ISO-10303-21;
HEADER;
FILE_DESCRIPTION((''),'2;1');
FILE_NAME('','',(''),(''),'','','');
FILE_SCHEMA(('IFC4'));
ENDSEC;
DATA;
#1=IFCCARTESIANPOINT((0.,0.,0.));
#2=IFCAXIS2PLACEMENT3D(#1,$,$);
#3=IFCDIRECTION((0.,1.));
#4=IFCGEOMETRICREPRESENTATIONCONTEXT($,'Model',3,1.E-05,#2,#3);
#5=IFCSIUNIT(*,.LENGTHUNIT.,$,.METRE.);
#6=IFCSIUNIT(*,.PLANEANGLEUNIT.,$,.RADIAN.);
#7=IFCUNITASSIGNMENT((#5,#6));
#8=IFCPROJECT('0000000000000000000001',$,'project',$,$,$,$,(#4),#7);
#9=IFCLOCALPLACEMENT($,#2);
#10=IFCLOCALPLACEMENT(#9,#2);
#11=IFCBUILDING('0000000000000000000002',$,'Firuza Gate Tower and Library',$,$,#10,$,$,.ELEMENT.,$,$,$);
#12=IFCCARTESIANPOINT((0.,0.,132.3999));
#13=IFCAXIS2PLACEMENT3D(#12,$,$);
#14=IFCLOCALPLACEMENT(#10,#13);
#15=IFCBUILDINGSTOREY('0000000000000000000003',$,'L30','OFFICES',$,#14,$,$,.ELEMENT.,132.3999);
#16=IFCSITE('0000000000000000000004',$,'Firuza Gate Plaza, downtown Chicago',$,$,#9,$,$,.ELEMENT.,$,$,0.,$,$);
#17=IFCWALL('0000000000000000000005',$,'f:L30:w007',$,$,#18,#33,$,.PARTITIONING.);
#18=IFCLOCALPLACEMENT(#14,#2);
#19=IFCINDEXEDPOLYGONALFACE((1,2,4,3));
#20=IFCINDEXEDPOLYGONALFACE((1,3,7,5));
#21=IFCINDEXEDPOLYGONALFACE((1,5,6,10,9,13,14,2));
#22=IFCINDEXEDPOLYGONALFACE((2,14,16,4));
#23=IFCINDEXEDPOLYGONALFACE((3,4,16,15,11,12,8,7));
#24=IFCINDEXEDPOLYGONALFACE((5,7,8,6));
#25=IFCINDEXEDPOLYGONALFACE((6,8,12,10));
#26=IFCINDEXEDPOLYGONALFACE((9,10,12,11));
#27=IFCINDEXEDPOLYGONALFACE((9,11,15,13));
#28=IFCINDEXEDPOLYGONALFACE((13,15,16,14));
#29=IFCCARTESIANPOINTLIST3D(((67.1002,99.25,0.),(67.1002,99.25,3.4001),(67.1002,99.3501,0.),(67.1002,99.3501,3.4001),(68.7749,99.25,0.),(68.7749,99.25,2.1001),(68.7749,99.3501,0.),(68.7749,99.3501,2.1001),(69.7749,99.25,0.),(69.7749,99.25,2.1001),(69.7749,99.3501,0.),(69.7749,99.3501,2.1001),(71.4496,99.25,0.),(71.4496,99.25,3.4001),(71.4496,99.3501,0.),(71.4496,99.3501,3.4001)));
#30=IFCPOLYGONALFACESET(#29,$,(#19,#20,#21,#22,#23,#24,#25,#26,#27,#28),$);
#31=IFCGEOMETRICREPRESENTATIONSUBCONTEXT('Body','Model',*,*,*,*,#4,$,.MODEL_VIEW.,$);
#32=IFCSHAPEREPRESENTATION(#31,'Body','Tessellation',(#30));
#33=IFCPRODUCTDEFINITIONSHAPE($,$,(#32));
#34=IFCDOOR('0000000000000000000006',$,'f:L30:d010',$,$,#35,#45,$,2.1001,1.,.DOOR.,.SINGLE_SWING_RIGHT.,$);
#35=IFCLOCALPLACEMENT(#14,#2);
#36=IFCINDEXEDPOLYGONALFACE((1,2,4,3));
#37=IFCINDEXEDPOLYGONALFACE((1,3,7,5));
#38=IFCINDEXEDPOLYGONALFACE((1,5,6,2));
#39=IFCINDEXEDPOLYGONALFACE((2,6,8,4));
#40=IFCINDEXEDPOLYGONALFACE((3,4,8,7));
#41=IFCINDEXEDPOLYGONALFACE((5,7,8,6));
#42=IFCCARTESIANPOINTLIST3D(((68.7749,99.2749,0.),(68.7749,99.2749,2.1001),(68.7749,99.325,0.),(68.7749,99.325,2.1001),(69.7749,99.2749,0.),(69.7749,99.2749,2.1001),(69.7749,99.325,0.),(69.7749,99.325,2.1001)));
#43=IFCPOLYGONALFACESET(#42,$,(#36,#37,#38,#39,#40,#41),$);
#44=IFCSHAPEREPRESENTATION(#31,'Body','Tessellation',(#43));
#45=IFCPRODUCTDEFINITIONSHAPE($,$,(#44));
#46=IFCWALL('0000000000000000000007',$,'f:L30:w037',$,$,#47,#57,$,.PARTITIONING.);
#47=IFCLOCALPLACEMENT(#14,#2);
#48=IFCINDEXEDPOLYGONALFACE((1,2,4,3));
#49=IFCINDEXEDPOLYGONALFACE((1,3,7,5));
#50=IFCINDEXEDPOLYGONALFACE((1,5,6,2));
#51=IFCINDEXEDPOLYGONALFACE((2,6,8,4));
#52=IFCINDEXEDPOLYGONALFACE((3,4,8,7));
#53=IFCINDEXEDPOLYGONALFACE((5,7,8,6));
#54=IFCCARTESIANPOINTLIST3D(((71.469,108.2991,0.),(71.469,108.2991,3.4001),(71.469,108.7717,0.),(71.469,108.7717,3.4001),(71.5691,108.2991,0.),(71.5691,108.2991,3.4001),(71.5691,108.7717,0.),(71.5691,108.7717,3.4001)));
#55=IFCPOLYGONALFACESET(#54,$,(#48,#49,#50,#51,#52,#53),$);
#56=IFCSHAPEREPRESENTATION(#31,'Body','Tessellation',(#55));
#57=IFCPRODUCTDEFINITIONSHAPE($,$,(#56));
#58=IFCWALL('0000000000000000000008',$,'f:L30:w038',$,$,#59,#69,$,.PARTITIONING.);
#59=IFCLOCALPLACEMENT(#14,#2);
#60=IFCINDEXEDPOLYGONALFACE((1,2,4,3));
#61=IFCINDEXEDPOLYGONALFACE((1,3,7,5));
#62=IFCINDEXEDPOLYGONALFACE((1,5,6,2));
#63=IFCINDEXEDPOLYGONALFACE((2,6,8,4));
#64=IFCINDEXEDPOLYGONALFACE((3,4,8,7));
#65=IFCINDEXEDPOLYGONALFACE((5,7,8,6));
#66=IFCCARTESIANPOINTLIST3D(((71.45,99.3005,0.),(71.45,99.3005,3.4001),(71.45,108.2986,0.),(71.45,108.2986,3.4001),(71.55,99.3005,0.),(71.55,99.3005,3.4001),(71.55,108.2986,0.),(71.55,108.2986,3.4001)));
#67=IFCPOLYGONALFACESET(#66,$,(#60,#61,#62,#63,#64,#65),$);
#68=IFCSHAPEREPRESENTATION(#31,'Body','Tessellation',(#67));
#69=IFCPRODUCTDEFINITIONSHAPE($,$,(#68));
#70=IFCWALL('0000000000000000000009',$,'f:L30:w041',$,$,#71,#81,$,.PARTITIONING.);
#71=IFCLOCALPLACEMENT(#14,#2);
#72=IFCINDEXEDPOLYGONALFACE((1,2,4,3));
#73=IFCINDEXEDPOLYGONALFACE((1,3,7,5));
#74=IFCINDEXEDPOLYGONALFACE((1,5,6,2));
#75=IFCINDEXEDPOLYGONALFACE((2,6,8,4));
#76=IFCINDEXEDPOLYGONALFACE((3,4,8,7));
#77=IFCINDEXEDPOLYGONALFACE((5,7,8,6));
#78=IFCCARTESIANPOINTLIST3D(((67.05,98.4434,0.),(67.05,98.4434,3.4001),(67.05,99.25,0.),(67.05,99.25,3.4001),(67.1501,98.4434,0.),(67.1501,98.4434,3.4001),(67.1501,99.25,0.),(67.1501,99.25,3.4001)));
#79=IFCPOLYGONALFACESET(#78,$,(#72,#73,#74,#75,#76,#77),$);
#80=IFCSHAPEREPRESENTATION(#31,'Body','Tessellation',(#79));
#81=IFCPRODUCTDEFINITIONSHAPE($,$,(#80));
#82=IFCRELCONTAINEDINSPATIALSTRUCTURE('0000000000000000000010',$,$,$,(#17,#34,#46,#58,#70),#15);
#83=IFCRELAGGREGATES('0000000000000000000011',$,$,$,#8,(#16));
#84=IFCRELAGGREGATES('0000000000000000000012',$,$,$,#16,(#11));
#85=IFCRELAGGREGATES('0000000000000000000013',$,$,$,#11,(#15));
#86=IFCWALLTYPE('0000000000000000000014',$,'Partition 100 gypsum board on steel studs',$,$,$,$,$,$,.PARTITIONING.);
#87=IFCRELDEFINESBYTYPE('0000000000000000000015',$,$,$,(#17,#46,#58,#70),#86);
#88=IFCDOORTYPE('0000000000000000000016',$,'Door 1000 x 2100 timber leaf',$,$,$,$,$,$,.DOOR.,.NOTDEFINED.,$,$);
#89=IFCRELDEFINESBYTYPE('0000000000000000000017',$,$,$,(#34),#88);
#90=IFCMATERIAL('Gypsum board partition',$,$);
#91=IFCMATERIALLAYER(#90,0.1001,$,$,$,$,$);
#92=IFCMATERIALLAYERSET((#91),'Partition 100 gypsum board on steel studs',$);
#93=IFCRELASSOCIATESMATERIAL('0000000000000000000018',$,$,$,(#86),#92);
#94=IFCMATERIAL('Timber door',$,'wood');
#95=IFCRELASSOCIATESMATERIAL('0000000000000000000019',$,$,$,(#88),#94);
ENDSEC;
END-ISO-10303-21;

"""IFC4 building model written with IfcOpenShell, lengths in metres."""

from ifc_helpers import new_model, si_unit, direction, frame, frame_2d, origin, place, context, subcontext, project, spatial, rectangle, extrude, material, layer, layer_set, type_object, element, fill, save


model = new_model("IFC4")

# Units and contexts
model_context = context("Model", 3, precision=1e-05, world=origin(), true_north=direction((0.0, 1.0)))
body_context = subcontext(model_context, "Body", "Model", "MODEL_VIEW")
ifc_project = project(units=[si_unit("LENGTHUNIT", "METRE"), si_unit("PLANEANGLEUNIT", "RADIAN")], contexts=[model_context])

# Site, building, storey
site_placement = place(None, origin())
site = spatial("IfcSite", under=ifc_project, at=site_placement, Name="Firuza Gate Plaza, downtown Chicago", CompositionType="ELEMENT", RefElevation=0.0)
building_placement = place(site_placement, origin())
building = spatial("IfcBuilding", under=site, at=building_placement, Name="Firuza Gate Tower and Library", CompositionType="ELEMENT")
storey_placement = place(building_placement, frame((0.0, 0.0, 132.3999)))
storey = spatial("IfcBuildingStorey", under=building, at=storey_placement, Name="L30", Description="OFFICES", CompositionType="ELEMENT", Elevation=132.3999)

# Wall, opening, door
ifc_material_1 = material(Name="Gypsum board partition")
ifc_layer_1 = layer(ifc_material_1, 0.1001)
ifc_layer_set_1 = layer_set([ifc_layer_1], Name="Partition 100 gypsum board on steel studs")
wall_type_1 = type_object("IfcWallType", Name="Partition 100 gypsum board on steel studs", PredefinedType="PARTITIONING", material=ifc_layer_set_1)
wall_1_placement = place(storey_placement, frame((67.1001, 99.3, 0.0), z_axis=(0.0, 0.0, 1.0), x_axis=(1.0, 0.0, 0.0)))
wall_1 = element("IfcWall", 1, at=wall_1_placement, inside=storey, type_object=wall_type_1, Name="f:L30:w007", PredefinedType="PARTITIONING", context=body_context, shape_type="SweptSolid", body=[
    extrude(rectangle(XDim=4.3494, YDim=0.1001, at=frame_2d((2.1748, 0.0))), origin(), (0.0, 0.0, 1.0), 3.4001),
])
opening_placement = place(wall_1_placement, frame((1.6748, 0.0, 0.0)))
opening = element("IfcOpeningElement", 2, at=opening_placement, cuts=wall_1, PredefinedType="OPENING", context=body_context, shape_type="SweptSolid", body=[
    extrude(rectangle(XDim=1.0, YDim=2.1001, at=frame_2d((0.5, 1.05))), frame((0.0, 0.0601, 0.0), z_axis=(0.0, -1.0, 0.0), x_axis=(1.0, 0.0, 0.0)), (0.0, 0.0, 1.0), 0.1201),
])
ifc_material_2 = material(Name="Timber door", Category="wood")
door_type = type_object("IfcDoorType", Name="Door 1000 x 2100 timber leaf", OperationType="NOTDEFINED", PredefinedType="DOOR", material=ifc_material_2)
door_placement = place(opening_placement, origin())
door = element("IfcDoor", 3, at=door_placement, inside=storey, type_object=door_type, Name="f:L30:d010", OperationType="SINGLE_SWING_RIGHT", OverallHeight=2.1001, OverallWidth=1.0, PredefinedType="DOOR", context=body_context, shape_type="SweptSolid", body=[
    extrude(rectangle(XDim=1.0, YDim=2.1001, at=frame_2d((0.5, 1.05))), frame((0.0, 0.0249, 0.0), z_axis=(0.0, -1.0, 0.0), x_axis=(1.0, 0.0, 0.0)), (0.0, 0.0, 1.0), 0.05),
])
fill(opening, door)

# Walls
wall_2_placement = place(storey_placement, frame((71.519, 108.2991, 0.0), z_axis=(0.0, 0.0, 1.0), x_axis=(0.0, 1.0, 0.0)))
element("IfcWall", 4, at=wall_2_placement, inside=storey, type_object=wall_type_1, Name="f:L30:w037", PredefinedType="PARTITIONING", context=body_context, shape_type="SweptSolid", body=[
    extrude(rectangle(XDim=0.4727, YDim=0.1001, at=frame_2d((0.2363, 0.0))), origin(), (0.0, 0.0, 1.0), 3.4001),
])
wall_3_placement = place(storey_placement, frame((71.5, 99.3005, 0.0), z_axis=(0.0, 0.0, 1.0), x_axis=(0.0, 1.0, 0.0)))
element("IfcWall", 5, at=wall_3_placement, inside=storey, type_object=wall_type_1, Name="f:L30:w038", PredefinedType="PARTITIONING", context=body_context, shape_type="SweptSolid", body=[
    extrude(rectangle(XDim=8.998, YDim=0.1001, at=frame_2d((4.499, 0.0))), origin(), (0.0, 0.0, 1.0), 3.4001),
])
wall_4_placement = place(storey_placement, frame((67.1001, 98.4434, 0.0), z_axis=(0.0, 0.0, 1.0), x_axis=(0.0, 1.0, 0.0)))
element("IfcWall", 6, at=wall_4_placement, inside=storey, type_object=wall_type_1, Name="f:L30:w041", PredefinedType="PARTITIONING", context=body_context, shape_type="SweptSolid", body=[
    extrude(rectangle(XDim=0.8066, YDim=0.1001, at=frame_2d((0.4033, 0.0))), origin(), (0.0, 0.0, 1.0), 3.4001),
])

save(model, "model.ifc")
